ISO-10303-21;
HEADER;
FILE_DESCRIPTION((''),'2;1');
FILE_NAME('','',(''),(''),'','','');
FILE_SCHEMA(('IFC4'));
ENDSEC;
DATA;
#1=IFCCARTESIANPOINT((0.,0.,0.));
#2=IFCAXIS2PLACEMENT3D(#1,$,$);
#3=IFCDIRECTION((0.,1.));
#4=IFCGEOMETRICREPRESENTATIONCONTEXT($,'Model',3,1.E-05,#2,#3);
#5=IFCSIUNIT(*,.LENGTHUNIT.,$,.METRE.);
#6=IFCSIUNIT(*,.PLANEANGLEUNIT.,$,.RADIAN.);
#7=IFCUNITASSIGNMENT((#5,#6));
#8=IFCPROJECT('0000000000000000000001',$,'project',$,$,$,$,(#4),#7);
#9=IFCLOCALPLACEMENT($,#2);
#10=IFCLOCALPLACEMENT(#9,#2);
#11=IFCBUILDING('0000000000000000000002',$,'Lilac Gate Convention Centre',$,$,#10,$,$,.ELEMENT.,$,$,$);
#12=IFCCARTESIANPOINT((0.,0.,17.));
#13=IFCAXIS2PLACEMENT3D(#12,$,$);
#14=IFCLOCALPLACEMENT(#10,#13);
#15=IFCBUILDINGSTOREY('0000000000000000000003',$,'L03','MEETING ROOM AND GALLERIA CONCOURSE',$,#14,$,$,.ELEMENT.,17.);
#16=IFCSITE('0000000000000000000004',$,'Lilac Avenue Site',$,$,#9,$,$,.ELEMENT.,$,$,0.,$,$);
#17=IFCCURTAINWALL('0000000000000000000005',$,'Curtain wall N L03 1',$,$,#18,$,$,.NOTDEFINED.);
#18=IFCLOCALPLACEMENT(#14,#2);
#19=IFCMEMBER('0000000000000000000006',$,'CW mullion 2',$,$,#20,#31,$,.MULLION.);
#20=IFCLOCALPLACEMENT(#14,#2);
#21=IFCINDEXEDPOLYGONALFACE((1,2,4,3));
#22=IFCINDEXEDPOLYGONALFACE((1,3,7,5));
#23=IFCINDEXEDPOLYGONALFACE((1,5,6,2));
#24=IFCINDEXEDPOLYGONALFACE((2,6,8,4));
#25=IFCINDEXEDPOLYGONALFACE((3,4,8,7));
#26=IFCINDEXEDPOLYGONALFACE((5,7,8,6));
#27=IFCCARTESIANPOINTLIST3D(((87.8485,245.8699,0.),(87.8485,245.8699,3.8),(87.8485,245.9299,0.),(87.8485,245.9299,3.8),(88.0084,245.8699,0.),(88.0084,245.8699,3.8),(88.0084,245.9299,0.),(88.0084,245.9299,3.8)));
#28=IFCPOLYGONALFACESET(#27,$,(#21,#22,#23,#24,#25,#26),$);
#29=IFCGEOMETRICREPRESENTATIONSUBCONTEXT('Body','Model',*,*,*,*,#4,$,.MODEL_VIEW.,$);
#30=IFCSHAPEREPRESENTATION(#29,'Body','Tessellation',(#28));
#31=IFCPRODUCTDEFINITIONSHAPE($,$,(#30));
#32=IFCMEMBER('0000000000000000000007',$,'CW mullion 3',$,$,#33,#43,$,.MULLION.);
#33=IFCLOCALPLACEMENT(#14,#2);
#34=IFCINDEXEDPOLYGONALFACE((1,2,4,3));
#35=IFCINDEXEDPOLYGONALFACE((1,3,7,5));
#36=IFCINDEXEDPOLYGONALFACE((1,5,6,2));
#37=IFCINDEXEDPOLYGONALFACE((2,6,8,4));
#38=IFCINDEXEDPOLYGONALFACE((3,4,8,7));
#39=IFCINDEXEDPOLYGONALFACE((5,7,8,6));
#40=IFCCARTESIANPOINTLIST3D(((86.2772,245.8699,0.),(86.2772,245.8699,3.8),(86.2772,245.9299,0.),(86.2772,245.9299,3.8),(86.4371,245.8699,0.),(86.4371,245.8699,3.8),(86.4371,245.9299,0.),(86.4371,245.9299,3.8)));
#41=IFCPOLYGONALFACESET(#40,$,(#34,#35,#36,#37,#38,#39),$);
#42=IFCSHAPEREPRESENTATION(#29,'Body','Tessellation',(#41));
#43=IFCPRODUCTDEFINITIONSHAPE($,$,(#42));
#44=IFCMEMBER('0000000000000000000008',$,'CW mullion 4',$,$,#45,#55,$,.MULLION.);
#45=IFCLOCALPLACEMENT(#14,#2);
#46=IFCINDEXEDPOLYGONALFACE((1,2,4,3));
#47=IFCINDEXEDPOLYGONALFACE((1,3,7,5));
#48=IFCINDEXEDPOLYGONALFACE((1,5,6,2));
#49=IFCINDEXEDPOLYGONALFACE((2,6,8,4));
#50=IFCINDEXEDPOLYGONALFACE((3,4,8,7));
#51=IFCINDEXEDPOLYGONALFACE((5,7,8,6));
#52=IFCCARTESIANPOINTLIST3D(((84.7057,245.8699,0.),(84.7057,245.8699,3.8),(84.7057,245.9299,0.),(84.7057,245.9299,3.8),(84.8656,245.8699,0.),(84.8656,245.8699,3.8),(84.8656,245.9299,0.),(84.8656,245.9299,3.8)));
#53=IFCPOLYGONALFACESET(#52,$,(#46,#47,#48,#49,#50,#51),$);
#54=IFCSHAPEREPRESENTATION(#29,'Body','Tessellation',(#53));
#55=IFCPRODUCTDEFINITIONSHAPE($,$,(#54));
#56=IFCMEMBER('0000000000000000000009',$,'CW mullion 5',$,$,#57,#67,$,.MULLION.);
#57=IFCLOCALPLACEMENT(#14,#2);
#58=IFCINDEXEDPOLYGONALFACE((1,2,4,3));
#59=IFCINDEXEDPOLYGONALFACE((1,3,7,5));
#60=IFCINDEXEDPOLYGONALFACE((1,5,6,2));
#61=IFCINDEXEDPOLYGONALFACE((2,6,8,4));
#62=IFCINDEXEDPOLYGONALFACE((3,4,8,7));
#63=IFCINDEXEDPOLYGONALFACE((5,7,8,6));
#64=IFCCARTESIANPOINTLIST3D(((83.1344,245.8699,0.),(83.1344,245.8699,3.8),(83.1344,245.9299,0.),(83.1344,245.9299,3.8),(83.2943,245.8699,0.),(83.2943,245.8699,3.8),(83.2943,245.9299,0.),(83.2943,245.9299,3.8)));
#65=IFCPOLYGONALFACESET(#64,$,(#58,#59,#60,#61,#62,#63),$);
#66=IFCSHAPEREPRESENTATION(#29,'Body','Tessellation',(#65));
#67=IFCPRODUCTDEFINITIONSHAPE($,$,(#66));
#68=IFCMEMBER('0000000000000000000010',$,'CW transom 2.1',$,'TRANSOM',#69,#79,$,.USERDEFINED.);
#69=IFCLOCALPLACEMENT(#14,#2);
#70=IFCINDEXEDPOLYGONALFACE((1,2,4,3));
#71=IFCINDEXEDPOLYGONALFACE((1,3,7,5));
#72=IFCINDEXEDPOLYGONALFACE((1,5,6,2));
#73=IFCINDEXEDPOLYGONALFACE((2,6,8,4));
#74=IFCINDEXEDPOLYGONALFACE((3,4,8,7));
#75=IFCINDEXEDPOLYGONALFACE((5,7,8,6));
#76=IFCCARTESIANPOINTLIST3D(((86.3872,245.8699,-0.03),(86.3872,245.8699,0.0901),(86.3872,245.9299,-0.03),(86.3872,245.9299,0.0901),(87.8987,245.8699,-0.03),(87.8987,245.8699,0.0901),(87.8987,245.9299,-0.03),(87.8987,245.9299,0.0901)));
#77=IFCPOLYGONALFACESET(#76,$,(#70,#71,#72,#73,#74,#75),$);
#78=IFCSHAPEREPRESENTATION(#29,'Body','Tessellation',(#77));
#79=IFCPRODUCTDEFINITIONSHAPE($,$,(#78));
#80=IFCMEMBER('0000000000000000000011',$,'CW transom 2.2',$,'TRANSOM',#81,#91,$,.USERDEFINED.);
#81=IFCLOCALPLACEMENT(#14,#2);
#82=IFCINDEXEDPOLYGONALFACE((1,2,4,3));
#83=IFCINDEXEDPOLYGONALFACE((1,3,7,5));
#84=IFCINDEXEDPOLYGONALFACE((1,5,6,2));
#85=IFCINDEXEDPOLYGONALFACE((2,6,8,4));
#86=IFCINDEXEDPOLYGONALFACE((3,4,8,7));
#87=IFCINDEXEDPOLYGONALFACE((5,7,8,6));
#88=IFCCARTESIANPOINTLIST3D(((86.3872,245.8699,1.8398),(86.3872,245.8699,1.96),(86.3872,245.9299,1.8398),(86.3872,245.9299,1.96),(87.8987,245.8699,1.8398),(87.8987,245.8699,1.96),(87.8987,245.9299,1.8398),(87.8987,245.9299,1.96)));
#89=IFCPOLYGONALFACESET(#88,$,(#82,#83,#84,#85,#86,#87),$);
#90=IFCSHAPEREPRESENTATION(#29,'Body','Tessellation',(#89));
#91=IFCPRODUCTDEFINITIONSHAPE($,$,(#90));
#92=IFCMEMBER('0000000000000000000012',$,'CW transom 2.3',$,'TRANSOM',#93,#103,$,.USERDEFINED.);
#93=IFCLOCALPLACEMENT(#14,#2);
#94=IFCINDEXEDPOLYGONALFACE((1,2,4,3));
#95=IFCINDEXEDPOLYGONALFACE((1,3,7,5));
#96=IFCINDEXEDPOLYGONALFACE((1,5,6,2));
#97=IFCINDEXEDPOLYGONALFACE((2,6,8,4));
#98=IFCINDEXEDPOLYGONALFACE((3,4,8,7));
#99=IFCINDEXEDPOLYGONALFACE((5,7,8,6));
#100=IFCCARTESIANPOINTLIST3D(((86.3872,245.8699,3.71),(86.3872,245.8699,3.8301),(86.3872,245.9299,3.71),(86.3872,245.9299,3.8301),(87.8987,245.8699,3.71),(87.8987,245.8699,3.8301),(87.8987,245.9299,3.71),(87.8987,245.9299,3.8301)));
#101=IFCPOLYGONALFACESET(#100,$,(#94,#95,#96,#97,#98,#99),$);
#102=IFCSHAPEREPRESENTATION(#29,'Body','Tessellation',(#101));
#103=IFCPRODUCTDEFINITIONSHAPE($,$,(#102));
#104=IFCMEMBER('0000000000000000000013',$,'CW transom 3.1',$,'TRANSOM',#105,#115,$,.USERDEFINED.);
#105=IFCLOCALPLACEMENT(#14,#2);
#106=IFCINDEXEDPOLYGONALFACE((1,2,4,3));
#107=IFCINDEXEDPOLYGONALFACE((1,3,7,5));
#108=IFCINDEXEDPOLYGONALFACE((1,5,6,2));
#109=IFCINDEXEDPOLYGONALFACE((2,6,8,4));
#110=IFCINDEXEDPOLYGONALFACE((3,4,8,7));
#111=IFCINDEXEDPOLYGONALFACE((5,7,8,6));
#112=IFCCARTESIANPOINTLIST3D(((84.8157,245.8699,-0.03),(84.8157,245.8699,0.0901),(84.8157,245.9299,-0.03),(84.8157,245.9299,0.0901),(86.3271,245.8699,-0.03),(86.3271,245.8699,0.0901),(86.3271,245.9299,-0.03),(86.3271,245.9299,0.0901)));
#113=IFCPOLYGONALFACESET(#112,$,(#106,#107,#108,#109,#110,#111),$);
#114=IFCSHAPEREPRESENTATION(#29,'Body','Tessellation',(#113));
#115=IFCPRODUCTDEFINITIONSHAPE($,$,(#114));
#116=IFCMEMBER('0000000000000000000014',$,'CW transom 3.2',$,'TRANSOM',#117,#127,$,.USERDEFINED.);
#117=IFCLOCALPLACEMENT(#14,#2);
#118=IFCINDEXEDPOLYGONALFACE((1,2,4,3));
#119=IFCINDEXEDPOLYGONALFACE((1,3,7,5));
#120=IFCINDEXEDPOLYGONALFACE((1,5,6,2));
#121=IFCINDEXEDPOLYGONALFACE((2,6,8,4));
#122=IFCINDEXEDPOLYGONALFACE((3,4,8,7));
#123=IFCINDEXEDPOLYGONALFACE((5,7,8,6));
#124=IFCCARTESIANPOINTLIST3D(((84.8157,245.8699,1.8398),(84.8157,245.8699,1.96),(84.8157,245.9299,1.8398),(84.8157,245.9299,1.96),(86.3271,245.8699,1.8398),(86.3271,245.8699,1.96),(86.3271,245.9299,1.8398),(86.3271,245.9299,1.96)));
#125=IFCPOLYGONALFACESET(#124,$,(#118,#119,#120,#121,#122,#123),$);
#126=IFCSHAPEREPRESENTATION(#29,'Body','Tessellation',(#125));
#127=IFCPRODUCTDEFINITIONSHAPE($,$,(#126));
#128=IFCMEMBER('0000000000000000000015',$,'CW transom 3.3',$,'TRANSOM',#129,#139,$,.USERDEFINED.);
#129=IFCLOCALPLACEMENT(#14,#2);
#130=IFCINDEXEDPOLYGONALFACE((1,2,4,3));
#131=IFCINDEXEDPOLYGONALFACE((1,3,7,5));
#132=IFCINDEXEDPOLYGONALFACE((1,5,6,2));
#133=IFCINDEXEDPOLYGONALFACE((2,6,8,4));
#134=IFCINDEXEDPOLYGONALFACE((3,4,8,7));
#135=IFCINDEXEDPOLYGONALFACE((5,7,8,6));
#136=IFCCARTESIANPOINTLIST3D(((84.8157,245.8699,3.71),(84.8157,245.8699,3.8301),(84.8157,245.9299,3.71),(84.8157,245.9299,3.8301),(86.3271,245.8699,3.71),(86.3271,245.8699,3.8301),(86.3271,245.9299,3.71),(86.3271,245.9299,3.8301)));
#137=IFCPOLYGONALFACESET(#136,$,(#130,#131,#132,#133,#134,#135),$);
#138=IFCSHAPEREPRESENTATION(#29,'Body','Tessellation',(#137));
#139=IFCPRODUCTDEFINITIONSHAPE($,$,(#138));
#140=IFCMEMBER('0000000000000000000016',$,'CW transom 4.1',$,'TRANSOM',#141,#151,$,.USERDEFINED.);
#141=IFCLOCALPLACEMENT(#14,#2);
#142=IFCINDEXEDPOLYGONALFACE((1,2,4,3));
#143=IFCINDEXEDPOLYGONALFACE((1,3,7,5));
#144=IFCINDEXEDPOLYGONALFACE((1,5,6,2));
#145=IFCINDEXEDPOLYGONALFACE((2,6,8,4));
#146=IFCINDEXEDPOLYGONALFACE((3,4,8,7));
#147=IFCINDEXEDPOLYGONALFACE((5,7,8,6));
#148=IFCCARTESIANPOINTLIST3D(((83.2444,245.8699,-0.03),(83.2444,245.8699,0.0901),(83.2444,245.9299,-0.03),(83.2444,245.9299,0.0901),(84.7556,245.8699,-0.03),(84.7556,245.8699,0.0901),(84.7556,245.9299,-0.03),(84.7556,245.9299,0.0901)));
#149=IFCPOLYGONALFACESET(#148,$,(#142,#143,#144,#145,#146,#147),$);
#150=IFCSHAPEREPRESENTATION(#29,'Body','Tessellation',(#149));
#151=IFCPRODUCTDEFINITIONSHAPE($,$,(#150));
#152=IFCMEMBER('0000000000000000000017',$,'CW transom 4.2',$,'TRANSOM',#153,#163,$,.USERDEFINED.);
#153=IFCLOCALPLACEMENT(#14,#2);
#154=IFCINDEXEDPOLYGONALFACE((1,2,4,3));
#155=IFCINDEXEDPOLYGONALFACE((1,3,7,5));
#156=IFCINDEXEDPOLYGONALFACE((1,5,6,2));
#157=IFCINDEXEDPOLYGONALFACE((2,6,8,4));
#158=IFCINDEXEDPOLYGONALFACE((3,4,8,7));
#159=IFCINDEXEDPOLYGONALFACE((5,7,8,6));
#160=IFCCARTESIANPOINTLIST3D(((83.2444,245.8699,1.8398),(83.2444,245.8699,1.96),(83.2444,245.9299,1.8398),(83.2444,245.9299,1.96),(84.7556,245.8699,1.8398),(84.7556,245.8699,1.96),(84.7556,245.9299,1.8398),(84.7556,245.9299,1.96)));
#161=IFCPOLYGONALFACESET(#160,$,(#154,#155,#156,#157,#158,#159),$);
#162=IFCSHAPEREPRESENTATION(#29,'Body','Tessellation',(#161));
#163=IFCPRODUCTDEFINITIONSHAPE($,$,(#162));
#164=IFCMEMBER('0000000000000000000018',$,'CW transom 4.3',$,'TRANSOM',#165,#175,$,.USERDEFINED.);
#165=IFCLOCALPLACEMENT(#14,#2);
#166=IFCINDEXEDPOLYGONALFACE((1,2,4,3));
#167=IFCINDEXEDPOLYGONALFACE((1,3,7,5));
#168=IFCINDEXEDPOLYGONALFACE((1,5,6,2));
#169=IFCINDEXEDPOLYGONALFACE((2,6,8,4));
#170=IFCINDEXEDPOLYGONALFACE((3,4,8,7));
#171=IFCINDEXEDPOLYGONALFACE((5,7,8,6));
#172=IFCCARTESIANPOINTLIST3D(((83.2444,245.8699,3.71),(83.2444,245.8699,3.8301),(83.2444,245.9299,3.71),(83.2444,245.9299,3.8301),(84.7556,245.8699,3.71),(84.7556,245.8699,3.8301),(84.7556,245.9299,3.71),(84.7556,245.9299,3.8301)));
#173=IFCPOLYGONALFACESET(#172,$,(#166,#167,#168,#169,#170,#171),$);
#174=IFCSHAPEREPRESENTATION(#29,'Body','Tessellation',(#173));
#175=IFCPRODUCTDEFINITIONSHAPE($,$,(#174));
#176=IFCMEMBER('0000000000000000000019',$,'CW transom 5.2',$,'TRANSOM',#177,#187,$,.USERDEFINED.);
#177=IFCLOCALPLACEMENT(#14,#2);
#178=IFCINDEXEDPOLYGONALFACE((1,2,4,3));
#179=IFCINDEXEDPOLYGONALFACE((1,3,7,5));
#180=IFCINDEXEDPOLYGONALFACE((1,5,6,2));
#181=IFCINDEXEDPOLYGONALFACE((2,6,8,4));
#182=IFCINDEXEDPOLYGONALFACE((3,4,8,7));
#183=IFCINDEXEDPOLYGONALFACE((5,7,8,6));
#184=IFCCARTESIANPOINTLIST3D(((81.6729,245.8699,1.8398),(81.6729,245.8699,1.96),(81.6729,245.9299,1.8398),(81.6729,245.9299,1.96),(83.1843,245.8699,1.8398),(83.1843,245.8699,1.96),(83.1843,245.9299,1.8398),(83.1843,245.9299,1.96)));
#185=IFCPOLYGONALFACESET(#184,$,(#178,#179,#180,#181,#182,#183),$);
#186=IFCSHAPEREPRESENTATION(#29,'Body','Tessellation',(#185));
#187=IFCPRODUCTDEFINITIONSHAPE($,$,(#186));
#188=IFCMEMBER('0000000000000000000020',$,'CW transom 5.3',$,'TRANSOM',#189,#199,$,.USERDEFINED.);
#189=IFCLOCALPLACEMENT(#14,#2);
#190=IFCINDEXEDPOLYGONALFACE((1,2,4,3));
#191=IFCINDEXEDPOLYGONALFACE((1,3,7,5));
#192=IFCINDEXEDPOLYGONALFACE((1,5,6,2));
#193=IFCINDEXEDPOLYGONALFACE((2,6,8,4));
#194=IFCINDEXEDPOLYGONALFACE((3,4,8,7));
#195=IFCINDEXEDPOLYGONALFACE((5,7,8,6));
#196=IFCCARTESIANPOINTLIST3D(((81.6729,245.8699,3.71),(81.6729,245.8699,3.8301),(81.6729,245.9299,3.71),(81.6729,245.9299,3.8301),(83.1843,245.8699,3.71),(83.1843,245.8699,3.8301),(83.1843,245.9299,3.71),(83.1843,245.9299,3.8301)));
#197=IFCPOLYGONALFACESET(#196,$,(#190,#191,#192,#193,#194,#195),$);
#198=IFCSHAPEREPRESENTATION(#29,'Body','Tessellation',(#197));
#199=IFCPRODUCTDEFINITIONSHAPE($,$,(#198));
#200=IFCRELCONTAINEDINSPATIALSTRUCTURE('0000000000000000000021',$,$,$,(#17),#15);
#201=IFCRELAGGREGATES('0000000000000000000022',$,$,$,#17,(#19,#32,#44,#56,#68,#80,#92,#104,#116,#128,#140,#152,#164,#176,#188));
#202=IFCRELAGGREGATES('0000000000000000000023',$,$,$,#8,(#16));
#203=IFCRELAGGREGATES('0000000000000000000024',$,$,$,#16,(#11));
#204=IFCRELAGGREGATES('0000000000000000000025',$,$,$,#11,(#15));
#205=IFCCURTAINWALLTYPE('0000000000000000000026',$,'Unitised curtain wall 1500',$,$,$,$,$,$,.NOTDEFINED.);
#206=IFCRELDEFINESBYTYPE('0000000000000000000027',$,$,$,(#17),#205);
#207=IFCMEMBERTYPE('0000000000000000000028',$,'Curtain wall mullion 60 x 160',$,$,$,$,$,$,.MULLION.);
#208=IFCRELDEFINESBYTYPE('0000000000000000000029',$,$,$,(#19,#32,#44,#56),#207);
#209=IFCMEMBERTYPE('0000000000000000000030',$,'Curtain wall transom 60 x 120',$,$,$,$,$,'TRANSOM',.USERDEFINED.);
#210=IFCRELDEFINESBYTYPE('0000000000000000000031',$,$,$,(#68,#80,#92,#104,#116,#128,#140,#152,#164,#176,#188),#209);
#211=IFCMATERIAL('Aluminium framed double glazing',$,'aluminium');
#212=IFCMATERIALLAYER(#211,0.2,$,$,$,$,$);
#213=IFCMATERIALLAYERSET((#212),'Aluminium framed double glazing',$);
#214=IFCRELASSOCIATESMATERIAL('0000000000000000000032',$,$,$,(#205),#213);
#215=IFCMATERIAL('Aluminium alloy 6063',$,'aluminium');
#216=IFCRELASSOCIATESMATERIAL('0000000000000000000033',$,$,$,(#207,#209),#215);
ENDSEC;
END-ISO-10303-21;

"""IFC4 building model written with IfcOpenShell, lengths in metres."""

from ifc_helpers import new_model, si_unit, direction, frame, origin, origin_2d, place, context, subcontext, project, spatial, rectangle, extrude, material, layer, layer_set, material_profile, profile_set, type_object, element, aggregate, save


model = new_model("IFC4")

# Units and contexts
model_context = context("Model", 3, precision=1e-05, world=origin(), true_north=direction((0.0, 1.0)))
body_context = subcontext(model_context, "Body", "Model", "MODEL_VIEW")
ifc_project = project(units=[si_unit("LENGTHUNIT", "METRE"), si_unit("PLANEANGLEUNIT", "RADIAN")], contexts=[model_context])

# Site, building, storey
site_placement = place(None, origin())
site = spatial("IfcSite", under=ifc_project, at=site_placement, Name="Lilac Avenue Site", CompositionType="ELEMENT", RefElevation=0.0)
building_placement = place(site_placement, origin())
building = spatial("IfcBuilding", under=site, at=building_placement, Name="Lilac Gate Convention Centre", CompositionType="ELEMENT")
storey_placement = place(building_placement, frame((0.0, 0.0, 17.0)))
storey = spatial("IfcBuildingStorey", under=building, at=storey_placement, Name="L03", Description="MEETING ROOM AND GALLERIA CONCOURSE", CompositionType="ELEMENT", Elevation=17.0)

# Curtain wall, members
ifc_material_1 = material(Name="Aluminium framed double glazing", Category="aluminium")
ifc_layer_1 = layer(ifc_material_1, 0.2)
ifc_layer_set_1 = layer_set([ifc_layer_1], Name="Aluminium framed double glazing")
curtain_wall_type = type_object("IfcCurtainWallType", Name="Unitised curtain wall 1500", PredefinedType="NOTDEFINED", material=ifc_layer_set_1)
curtain_wall_placement = place(storey_placement, origin())
curtain_wall = element("IfcCurtainWall", 1, at=curtain_wall_placement, inside=storey, type_object=curtain_wall_type, Name="Curtain wall N L03 1", PredefinedType="NOTDEFINED")
ifc_material_2 = material(Name="Aluminium alloy 6063", Category="aluminium")
ifc_material_profile_1 = material_profile(ifc_material_2, rectangle(XDim=0.0601, YDim=0.1599, at=origin_2d()), Name="Curtain wall mullion 60 x 160")
ifc_profile_set_1 = profile_set([ifc_material_profile_1], Name="Aluminium alloy 6063")
member_type_1 = type_object("IfcMemberType", Name="Curtain wall mullion 60 x 160", PredefinedType="MULLION", material=ifc_profile_set_1)
member_1_placement = place(storey_placement, frame((87.9285, 245.8999, 0.0), z_axis=(0.0, 0.0, 1.0), x_axis=(0.0, -1.0, 0.0)))
member_1 = element("IfcMember", 2, at=member_1_placement, type_object=member_type_1, Name="CW mullion 2", PredefinedType="MULLION", context=body_context, shape_type="SweptSolid", body=[
    extrude(rectangle(XDim=0.0601, YDim=0.1599, at=origin_2d()), origin(), (0.0, 0.0, 1.0), 3.8),
])
member_2_placement = place(storey_placement, frame((86.3572, 245.8999, 0.0), z_axis=(0.0, 0.0, 1.0), x_axis=(0.0, -1.0, 0.0)))
member_2 = element("IfcMember", 3, at=member_2_placement, type_object=member_type_1, Name="CW mullion 3", PredefinedType="MULLION", context=body_context, shape_type="SweptSolid", body=[
    extrude(rectangle(XDim=0.0601, YDim=0.1599, at=origin_2d()), origin(), (0.0, 0.0, 1.0), 3.8),
])
member_3_placement = place(storey_placement, frame((84.7856, 245.8999, 0.0), z_axis=(0.0, 0.0, 1.0), x_axis=(0.0, -1.0, 0.0)))
member_3 = element("IfcMember", 4, at=member_3_placement, type_object=member_type_1, Name="CW mullion 4", PredefinedType="MULLION", context=body_context, shape_type="SweptSolid", body=[
    extrude(rectangle(XDim=0.0601, YDim=0.1599, at=origin_2d()), origin(), (0.0, 0.0, 1.0), 3.8),
])
member_4_placement = place(storey_placement, frame((83.2144, 245.8999, 0.0), z_axis=(0.0, 0.0, 1.0), x_axis=(0.0, -1.0, 0.0)))
member_4 = element("IfcMember", 5, at=member_4_placement, type_object=member_type_1, Name="CW mullion 5", PredefinedType="MULLION", context=body_context, shape_type="SweptSolid", body=[
    extrude(rectangle(XDim=0.0601, YDim=0.1599, at=origin_2d()), origin(), (0.0, 0.0, 1.0), 3.8),
])
ifc_material_profile_2 = material_profile(ifc_material_2, rectangle(XDim=0.0601, YDim=0.1201, at=origin_2d()), Name="Curtain wall transom 60 x 120")
ifc_profile_set_2 = profile_set([ifc_material_profile_2], Name="Aluminium alloy 6063")
member_type_2 = type_object("IfcMemberType", Name="Curtain wall transom 60 x 120", ElementType="TRANSOM", PredefinedType="USERDEFINED", material=ifc_profile_set_2)
member_5_placement = place(storey_placement, frame((87.8987, 245.8999, 0.03), z_axis=(-1.0, 0.0, 0.0), x_axis=(0.0, -1.0, 0.0)))
member_5 = element("IfcMember", 6, at=member_5_placement, type_object=member_type_2, Name="CW transom 2.1", ObjectType="TRANSOM", PredefinedType="USERDEFINED", context=body_context, shape_type="SweptSolid", body=[
    extrude(rectangle(XDim=0.0601, YDim=0.1201, at=origin_2d()), origin(), (0.0, 0.0, 1.0), 1.5115),
])
member_6_placement = place(storey_placement, frame((87.8987, 245.8999, 1.8999), z_axis=(-1.0, 0.0, 0.0), x_axis=(0.0, -1.0, 0.0)))
member_6 = element("IfcMember", 7, at=member_6_placement, type_object=member_type_2, Name="CW transom 2.2", ObjectType="TRANSOM", PredefinedType="USERDEFINED", context=body_context, shape_type="SweptSolid", body=[
    extrude(rectangle(XDim=0.0601, YDim=0.1201, at=origin_2d()), origin(), (0.0, 0.0, 1.0), 1.5115),
])
member_7_placement = place(storey_placement, frame((87.8987, 245.8999, 3.77), z_axis=(-1.0, 0.0, 0.0), x_axis=(0.0, -1.0, 0.0)))
member_7 = element("IfcMember", 8, at=member_7_placement, type_object=member_type_2, Name="CW transom 2.3", ObjectType="TRANSOM", PredefinedType="USERDEFINED", context=body_context, shape_type="SweptSolid", body=[
    extrude(rectangle(XDim=0.0601, YDim=0.1201, at=origin_2d()), origin(), (0.0, 0.0, 1.0), 1.5115),
])
member_8_placement = place(storey_placement, frame((86.3271, 245.8999, 0.03), z_axis=(-1.0, 0.0, 0.0), x_axis=(0.0, -1.0, 0.0)))
member_8 = element("IfcMember", 9, at=member_8_placement, type_object=member_type_2, Name="CW transom 3.1", ObjectType="TRANSOM", PredefinedType="USERDEFINED", context=body_context, shape_type="SweptSolid", body=[
    extrude(rectangle(XDim=0.0601, YDim=0.1201, at=origin_2d()), origin(), (0.0, 0.0, 1.0), 1.5115),
])
member_9_placement = place(storey_placement, frame((86.3271, 245.8999, 1.8999), z_axis=(-1.0, 0.0, 0.0), x_axis=(0.0, -1.0, 0.0)))
member_9 = element("IfcMember", 10, at=member_9_placement, type_object=member_type_2, Name="CW transom 3.2", ObjectType="TRANSOM", PredefinedType="USERDEFINED", context=body_context, shape_type="SweptSolid", body=[
    extrude(rectangle(XDim=0.0601, YDim=0.1201, at=origin_2d()), origin(), (0.0, 0.0, 1.0), 1.5115),
])
member_10_placement = place(storey_placement, frame((86.3271, 245.8999, 3.77), z_axis=(-1.0, 0.0, 0.0), x_axis=(0.0, -1.0, 0.0)))
member_10 = element("IfcMember", 11, at=member_10_placement, type_object=member_type_2, Name="CW transom 3.3", ObjectType="TRANSOM", PredefinedType="USERDEFINED", context=body_context, shape_type="SweptSolid", body=[
    extrude(rectangle(XDim=0.0601, YDim=0.1201, at=origin_2d()), origin(), (0.0, 0.0, 1.0), 1.5115),
])
member_11_placement = place(storey_placement, frame((84.7556, 245.8999, 0.03), z_axis=(-1.0, 0.0, 0.0), x_axis=(0.0, -1.0, 0.0)))
member_11 = element("IfcMember", 12, at=member_11_placement, type_object=member_type_2, Name="CW transom 4.1", ObjectType="TRANSOM", PredefinedType="USERDEFINED", context=body_context, shape_type="SweptSolid", body=[
    extrude(rectangle(XDim=0.0601, YDim=0.1201, at=origin_2d()), origin(), (0.0, 0.0, 1.0), 1.5112),
])
member_12_placement = place(storey_placement, frame((84.7556, 245.8999, 1.8999), z_axis=(-1.0, 0.0, 0.0), x_axis=(0.0, -1.0, 0.0)))
member_12 = element("IfcMember", 13, at=member_12_placement, type_object=member_type_2, Name="CW transom 4.2", ObjectType="TRANSOM", PredefinedType="USERDEFINED", context=body_context, shape_type="SweptSolid", body=[
    extrude(rectangle(XDim=0.0601, YDim=0.1201, at=origin_2d()), origin(), (0.0, 0.0, 1.0), 1.5112),
])
member_13_placement = place(storey_placement, frame((84.7556, 245.8999, 3.77), z_axis=(-1.0, 0.0, 0.0), x_axis=(0.0, -1.0, 0.0)))
member_13 = element("IfcMember", 14, at=member_13_placement, type_object=member_type_2, Name="CW transom 4.3", ObjectType="TRANSOM", PredefinedType="USERDEFINED", context=body_context, shape_type="SweptSolid", body=[
    extrude(rectangle(XDim=0.0601, YDim=0.1201, at=origin_2d()), origin(), (0.0, 0.0, 1.0), 1.5112),
])
member_14_placement = place(storey_placement, frame((83.1843, 245.8999, 1.8999), z_axis=(-1.0, 0.0, 0.0), x_axis=(0.0, -1.0, 0.0)))
member_14 = element("IfcMember", 15, at=member_14_placement, type_object=member_type_2, Name="CW transom 5.2", ObjectType="TRANSOM", PredefinedType="USERDEFINED", context=body_context, shape_type="SweptSolid", body=[
    extrude(rectangle(XDim=0.0601, YDim=0.1201, at=origin_2d()), origin(), (0.0, 0.0, 1.0), 1.5115),
])
member_15_placement = place(storey_placement, frame((83.1843, 245.8999, 3.77), z_axis=(-1.0, 0.0, 0.0), x_axis=(0.0, -1.0, 0.0)))
member_15 = element("IfcMember", 16, at=member_15_placement, type_object=member_type_2, Name="CW transom 5.3", ObjectType="TRANSOM", PredefinedType="USERDEFINED", context=body_context, shape_type="SweptSolid", body=[
    extrude(rectangle(XDim=0.0601, YDim=0.1201, at=origin_2d()), origin(), (0.0, 0.0, 1.0), 1.5115),
])
aggregate(curtain_wall, [member_1, member_2, member_3, member_4, member_5, member_6, member_7, member_8, member_9, member_10, member_11, member_12, member_13, member_14, member_15])

save(model, "model.ifc")
